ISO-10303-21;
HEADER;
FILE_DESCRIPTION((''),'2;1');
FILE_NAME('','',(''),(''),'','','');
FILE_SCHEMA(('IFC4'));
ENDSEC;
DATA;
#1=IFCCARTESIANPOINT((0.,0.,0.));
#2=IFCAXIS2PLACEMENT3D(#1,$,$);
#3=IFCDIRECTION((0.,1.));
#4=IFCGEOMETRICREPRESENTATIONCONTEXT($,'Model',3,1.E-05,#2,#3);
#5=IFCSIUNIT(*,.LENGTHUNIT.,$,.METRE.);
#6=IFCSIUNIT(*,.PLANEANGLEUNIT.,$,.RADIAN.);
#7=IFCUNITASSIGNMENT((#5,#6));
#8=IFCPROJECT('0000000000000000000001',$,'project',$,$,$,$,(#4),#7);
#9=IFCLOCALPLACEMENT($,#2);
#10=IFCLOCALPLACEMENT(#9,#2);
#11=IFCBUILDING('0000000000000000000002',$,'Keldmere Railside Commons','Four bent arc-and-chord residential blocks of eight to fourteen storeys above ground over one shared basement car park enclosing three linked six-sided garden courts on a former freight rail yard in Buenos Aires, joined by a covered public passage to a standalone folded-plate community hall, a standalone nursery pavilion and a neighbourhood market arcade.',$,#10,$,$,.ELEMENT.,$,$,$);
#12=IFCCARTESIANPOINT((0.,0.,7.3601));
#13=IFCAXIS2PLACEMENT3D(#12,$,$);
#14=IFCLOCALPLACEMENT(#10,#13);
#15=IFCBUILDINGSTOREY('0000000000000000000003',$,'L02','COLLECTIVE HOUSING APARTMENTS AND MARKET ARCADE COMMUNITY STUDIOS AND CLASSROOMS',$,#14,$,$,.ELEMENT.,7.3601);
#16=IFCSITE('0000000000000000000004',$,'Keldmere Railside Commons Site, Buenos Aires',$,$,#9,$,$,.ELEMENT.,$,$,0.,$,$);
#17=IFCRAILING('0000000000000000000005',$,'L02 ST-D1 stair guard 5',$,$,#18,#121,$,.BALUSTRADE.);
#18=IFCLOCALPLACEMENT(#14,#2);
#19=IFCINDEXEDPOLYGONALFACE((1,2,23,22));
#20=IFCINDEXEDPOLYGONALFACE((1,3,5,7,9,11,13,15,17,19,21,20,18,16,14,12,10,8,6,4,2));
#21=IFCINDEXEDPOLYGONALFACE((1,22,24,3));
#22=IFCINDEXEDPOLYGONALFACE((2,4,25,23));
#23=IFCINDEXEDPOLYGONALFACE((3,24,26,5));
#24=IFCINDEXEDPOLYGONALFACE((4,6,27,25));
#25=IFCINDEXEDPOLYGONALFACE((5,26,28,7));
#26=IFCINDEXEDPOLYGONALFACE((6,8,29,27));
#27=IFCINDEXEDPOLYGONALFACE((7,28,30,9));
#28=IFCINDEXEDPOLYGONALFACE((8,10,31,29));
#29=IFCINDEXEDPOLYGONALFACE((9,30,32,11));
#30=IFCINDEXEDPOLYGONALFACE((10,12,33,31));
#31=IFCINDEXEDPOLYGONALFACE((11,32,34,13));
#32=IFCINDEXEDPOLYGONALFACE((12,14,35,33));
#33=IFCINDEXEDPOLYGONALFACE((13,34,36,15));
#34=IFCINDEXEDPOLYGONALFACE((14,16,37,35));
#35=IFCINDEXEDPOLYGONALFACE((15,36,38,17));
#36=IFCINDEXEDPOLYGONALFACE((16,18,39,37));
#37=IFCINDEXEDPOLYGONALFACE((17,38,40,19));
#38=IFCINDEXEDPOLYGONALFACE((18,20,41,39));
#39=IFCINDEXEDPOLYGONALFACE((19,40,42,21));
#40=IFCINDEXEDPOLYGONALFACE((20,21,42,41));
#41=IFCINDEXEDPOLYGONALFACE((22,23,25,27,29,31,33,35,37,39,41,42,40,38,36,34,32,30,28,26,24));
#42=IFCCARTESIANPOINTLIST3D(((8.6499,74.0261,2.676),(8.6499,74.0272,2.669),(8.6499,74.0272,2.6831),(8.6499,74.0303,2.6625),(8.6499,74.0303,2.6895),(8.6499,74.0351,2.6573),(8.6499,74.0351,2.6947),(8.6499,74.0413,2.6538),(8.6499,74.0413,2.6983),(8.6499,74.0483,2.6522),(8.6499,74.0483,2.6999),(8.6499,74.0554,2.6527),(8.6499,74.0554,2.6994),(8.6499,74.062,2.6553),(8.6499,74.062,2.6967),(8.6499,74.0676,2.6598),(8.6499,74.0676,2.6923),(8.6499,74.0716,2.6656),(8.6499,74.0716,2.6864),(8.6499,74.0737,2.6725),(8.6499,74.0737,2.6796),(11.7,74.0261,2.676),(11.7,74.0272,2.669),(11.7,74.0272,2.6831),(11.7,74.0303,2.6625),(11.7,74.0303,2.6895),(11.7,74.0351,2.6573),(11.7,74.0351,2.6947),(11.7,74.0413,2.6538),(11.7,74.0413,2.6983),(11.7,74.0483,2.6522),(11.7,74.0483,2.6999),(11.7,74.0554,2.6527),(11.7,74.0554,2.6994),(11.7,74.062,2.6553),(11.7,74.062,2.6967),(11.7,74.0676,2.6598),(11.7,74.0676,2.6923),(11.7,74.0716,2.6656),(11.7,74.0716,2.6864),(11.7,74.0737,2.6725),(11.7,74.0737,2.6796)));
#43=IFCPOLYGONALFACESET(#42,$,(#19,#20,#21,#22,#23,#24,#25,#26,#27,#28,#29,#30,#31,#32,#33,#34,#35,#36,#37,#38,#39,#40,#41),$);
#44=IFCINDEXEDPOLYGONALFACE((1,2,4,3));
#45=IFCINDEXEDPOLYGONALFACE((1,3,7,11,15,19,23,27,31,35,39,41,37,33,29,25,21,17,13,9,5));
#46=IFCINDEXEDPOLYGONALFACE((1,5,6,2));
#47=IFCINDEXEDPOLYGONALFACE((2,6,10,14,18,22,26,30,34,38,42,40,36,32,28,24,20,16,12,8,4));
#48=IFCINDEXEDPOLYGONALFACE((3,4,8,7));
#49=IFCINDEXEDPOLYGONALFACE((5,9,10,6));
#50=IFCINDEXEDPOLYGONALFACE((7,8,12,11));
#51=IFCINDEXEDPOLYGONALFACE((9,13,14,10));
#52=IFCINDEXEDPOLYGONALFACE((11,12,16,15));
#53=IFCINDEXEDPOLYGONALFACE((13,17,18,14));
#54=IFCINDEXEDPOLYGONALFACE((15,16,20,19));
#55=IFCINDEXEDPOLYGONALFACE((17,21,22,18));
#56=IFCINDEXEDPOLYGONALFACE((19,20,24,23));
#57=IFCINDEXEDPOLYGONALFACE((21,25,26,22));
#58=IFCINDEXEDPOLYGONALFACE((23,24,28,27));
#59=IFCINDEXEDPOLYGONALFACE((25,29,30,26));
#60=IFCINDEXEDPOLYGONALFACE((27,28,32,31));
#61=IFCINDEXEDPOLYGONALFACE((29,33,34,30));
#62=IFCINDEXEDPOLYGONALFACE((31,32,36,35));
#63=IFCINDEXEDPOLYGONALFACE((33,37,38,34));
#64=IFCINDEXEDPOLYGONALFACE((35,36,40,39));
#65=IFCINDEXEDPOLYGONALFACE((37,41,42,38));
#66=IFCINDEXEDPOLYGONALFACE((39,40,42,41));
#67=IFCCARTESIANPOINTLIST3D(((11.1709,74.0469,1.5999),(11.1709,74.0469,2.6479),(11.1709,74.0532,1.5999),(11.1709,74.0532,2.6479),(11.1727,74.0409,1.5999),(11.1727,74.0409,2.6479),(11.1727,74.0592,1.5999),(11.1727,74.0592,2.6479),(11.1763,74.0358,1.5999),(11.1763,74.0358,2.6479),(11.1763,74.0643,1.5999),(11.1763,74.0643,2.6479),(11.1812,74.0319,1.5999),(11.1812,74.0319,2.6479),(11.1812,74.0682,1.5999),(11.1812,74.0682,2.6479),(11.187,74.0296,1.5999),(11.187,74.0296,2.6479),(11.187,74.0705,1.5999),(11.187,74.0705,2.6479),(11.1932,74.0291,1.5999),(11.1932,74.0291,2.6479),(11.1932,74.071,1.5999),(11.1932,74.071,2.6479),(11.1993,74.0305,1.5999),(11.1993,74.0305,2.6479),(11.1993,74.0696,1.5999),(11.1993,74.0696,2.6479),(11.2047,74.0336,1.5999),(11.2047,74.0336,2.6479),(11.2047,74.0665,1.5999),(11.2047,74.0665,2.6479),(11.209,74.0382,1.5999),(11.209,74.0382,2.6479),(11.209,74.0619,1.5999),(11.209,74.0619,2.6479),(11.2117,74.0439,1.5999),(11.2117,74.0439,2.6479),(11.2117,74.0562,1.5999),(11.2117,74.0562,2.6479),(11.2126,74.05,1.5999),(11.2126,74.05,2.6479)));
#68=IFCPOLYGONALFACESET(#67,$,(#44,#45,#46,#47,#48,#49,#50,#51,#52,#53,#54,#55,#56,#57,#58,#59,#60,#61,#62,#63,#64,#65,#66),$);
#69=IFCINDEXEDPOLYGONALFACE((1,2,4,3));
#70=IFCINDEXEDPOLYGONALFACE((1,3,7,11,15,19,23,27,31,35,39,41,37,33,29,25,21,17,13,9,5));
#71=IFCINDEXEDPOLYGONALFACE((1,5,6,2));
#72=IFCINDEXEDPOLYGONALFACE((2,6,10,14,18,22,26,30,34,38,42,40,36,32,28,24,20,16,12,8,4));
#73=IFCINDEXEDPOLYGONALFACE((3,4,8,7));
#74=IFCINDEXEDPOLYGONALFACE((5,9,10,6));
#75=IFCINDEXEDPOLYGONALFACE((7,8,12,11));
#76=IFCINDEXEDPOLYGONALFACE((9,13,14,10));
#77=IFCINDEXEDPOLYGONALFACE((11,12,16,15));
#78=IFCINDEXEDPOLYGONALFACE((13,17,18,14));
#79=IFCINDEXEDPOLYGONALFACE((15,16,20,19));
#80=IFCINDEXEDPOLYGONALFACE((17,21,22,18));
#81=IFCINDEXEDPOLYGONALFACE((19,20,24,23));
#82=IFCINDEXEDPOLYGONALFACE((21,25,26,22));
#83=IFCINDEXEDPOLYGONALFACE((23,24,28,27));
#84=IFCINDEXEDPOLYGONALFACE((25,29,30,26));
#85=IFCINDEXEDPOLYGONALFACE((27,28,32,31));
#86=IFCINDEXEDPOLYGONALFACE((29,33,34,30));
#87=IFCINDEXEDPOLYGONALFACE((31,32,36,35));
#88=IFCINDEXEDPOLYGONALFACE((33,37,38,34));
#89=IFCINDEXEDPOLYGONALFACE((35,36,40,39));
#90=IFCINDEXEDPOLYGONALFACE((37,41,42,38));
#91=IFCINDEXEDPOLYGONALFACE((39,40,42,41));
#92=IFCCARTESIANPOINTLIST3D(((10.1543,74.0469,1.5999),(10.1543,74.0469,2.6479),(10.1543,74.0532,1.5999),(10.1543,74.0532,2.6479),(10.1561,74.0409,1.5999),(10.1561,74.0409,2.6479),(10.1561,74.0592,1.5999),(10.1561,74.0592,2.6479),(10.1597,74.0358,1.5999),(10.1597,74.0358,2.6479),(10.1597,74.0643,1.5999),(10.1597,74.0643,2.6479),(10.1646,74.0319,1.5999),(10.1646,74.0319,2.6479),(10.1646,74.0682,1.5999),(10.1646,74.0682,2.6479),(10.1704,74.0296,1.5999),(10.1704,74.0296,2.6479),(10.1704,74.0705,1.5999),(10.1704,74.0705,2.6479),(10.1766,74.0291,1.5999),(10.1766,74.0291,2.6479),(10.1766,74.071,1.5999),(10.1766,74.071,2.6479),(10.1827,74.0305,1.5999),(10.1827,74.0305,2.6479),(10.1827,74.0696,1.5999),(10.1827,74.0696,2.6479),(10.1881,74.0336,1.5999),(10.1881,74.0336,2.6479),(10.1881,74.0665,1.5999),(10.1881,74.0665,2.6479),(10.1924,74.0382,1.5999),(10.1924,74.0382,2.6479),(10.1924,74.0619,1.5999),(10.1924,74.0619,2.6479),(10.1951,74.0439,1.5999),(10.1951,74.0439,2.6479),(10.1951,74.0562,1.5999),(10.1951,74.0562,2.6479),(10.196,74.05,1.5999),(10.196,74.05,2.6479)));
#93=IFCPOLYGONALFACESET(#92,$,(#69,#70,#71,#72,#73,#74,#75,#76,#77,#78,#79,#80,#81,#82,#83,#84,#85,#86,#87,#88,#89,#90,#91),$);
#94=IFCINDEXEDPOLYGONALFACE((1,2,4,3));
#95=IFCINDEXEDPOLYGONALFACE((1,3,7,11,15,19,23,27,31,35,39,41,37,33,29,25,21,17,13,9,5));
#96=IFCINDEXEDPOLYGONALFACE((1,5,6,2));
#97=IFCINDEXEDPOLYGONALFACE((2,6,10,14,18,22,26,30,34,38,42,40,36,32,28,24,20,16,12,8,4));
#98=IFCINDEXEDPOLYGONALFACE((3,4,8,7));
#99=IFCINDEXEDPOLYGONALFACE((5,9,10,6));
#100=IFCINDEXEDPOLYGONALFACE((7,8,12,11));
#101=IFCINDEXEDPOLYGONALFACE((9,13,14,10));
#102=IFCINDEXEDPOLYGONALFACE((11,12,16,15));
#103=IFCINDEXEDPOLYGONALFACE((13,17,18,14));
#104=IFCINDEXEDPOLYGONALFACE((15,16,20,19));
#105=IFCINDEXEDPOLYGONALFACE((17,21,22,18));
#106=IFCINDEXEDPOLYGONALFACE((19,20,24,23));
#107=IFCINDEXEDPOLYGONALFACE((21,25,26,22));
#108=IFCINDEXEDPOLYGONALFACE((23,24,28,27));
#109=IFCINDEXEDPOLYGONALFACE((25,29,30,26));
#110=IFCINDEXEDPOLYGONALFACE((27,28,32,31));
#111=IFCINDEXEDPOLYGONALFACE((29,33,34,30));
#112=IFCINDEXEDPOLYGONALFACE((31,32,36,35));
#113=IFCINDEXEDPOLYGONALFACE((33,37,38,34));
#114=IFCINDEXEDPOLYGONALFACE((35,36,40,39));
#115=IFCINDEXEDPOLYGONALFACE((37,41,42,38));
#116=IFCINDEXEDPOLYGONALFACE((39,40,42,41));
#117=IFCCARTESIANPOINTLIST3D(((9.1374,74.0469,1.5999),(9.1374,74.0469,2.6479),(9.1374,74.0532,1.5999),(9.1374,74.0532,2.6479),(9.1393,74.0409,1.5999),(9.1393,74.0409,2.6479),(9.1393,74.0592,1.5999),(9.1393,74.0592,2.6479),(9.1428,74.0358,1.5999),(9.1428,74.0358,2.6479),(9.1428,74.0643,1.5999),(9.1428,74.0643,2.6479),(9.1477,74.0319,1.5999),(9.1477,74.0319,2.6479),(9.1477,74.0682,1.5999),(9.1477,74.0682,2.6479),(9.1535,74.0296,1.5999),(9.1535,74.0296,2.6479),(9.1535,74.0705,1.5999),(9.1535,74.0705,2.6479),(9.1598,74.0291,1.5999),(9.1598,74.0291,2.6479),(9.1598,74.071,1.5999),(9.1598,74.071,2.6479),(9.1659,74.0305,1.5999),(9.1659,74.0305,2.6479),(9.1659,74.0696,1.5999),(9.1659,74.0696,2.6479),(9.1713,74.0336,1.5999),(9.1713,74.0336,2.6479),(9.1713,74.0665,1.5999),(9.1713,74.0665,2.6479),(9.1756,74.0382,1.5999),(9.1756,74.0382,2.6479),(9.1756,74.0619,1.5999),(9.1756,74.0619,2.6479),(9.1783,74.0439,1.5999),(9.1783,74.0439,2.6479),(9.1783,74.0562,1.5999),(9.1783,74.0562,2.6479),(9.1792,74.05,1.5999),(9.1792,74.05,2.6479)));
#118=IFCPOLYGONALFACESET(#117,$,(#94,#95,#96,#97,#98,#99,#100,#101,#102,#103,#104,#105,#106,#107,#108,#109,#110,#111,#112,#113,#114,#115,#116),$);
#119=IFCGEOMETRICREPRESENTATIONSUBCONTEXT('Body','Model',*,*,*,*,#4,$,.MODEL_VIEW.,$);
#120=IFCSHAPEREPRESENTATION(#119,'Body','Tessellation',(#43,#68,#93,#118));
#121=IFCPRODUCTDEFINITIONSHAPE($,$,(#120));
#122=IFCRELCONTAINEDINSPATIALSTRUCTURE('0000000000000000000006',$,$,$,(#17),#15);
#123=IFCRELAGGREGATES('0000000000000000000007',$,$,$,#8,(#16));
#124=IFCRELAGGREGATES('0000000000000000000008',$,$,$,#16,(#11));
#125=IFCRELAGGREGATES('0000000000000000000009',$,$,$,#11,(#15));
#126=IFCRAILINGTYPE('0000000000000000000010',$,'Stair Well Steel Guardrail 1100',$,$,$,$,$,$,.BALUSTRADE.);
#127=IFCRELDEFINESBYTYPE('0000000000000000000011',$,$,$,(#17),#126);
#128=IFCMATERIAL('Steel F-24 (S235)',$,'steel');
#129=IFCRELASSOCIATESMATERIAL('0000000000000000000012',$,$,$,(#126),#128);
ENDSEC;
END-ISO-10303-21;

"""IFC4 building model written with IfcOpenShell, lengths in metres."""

from ifc_helpers import new_model, si_unit, direction, frame, origin, origin_2d, place, context, subcontext, project, spatial, circle, extrude, material, type_object, element, save


model = new_model("IFC4")

# Units and contexts
model_context = context("Model", 3, precision=1e-05, world=origin(), true_north=direction((0.0, 1.0)))
body_context = subcontext(model_context, "Body", "Model", "MODEL_VIEW")
ifc_project = project(units=[si_unit("LENGTHUNIT", "METRE"), si_unit("PLANEANGLEUNIT", "RADIAN")], contexts=[model_context])

# Site, building, storey
site_placement = place(None, origin())
site = spatial("IfcSite", under=ifc_project, at=site_placement, Name="Keldmere Railside Commons Site, Buenos Aires", CompositionType="ELEMENT", RefElevation=0.0)
building_placement = place(site_placement, origin())
building = spatial("IfcBuilding", under=site, at=building_placement, Name="Keldmere Railside Commons", Description="Four bent arc-and-chord residential blocks of eight to fourteen storeys above ground over one shared basement car park enclosing three linked six-sided garden courts on a former freight rail yard in Buenos Aires, joined by a covered public passage to a standalone folded-plate community hall, a standalone nursery pavilion and a neighbourhood market arcade.", CompositionType="ELEMENT")
storey_placement = place(building_placement, frame((0.0, 0.0, 7.3601)))
storey = spatial("IfcBuildingStorey", under=building, at=storey_placement, Name="L02", Description="COLLECTIVE HOUSING APARTMENTS AND MARKET ARCADE COMMUNITY STUDIOS AND CLASSROOMS", CompositionType="ELEMENT", Elevation=7.3601)

# Shared definitions
ifc_material_1 = material(Name="Steel F-24 (S235)", Category="steel")

# Railing
railing_type_1 = type_object("IfcRailingType", Name="Stair Well Steel Guardrail 1100", PredefinedType="BALUSTRADE", material=ifc_material_1)
railing_1_placement = place(storey_placement, frame((11.7, 74.05, 1.5999)))
element("IfcRailing", 1, at=railing_1_placement, inside=storey, type_object=railing_type_1, Name="L02 ST-D1 stair guard 5", PredefinedType="BALUSTRADE", context=body_context, shape_type="SweptSolid", body=[
    extrude(circle(Radius=0.0239, at=origin_2d()), frame((0.0, 0.0, 1.0762), z_axis=(-1.0, 0.0, 0.0), x_axis=(0.0, -1.0, 0.0)), (0.0, 0.0, 1.0), 3.05),
    extrude(circle(Radius=0.021, at=origin_2d()), frame((-0.5083, 0.0, 0.0)), (0.0, 0.0, 1.0), 1.0481),
    extrude(circle(Radius=0.021, at=origin_2d()), frame((-1.5249, 0.0, 0.0)), (0.0, 0.0, 1.0), 1.0481),
    extrude(circle(Radius=0.021, at=origin_2d()), frame((-2.5417, 0.0, 0.0)), (0.0, 0.0, 1.0), 1.0481),
])

save(model, "model.ifc")
